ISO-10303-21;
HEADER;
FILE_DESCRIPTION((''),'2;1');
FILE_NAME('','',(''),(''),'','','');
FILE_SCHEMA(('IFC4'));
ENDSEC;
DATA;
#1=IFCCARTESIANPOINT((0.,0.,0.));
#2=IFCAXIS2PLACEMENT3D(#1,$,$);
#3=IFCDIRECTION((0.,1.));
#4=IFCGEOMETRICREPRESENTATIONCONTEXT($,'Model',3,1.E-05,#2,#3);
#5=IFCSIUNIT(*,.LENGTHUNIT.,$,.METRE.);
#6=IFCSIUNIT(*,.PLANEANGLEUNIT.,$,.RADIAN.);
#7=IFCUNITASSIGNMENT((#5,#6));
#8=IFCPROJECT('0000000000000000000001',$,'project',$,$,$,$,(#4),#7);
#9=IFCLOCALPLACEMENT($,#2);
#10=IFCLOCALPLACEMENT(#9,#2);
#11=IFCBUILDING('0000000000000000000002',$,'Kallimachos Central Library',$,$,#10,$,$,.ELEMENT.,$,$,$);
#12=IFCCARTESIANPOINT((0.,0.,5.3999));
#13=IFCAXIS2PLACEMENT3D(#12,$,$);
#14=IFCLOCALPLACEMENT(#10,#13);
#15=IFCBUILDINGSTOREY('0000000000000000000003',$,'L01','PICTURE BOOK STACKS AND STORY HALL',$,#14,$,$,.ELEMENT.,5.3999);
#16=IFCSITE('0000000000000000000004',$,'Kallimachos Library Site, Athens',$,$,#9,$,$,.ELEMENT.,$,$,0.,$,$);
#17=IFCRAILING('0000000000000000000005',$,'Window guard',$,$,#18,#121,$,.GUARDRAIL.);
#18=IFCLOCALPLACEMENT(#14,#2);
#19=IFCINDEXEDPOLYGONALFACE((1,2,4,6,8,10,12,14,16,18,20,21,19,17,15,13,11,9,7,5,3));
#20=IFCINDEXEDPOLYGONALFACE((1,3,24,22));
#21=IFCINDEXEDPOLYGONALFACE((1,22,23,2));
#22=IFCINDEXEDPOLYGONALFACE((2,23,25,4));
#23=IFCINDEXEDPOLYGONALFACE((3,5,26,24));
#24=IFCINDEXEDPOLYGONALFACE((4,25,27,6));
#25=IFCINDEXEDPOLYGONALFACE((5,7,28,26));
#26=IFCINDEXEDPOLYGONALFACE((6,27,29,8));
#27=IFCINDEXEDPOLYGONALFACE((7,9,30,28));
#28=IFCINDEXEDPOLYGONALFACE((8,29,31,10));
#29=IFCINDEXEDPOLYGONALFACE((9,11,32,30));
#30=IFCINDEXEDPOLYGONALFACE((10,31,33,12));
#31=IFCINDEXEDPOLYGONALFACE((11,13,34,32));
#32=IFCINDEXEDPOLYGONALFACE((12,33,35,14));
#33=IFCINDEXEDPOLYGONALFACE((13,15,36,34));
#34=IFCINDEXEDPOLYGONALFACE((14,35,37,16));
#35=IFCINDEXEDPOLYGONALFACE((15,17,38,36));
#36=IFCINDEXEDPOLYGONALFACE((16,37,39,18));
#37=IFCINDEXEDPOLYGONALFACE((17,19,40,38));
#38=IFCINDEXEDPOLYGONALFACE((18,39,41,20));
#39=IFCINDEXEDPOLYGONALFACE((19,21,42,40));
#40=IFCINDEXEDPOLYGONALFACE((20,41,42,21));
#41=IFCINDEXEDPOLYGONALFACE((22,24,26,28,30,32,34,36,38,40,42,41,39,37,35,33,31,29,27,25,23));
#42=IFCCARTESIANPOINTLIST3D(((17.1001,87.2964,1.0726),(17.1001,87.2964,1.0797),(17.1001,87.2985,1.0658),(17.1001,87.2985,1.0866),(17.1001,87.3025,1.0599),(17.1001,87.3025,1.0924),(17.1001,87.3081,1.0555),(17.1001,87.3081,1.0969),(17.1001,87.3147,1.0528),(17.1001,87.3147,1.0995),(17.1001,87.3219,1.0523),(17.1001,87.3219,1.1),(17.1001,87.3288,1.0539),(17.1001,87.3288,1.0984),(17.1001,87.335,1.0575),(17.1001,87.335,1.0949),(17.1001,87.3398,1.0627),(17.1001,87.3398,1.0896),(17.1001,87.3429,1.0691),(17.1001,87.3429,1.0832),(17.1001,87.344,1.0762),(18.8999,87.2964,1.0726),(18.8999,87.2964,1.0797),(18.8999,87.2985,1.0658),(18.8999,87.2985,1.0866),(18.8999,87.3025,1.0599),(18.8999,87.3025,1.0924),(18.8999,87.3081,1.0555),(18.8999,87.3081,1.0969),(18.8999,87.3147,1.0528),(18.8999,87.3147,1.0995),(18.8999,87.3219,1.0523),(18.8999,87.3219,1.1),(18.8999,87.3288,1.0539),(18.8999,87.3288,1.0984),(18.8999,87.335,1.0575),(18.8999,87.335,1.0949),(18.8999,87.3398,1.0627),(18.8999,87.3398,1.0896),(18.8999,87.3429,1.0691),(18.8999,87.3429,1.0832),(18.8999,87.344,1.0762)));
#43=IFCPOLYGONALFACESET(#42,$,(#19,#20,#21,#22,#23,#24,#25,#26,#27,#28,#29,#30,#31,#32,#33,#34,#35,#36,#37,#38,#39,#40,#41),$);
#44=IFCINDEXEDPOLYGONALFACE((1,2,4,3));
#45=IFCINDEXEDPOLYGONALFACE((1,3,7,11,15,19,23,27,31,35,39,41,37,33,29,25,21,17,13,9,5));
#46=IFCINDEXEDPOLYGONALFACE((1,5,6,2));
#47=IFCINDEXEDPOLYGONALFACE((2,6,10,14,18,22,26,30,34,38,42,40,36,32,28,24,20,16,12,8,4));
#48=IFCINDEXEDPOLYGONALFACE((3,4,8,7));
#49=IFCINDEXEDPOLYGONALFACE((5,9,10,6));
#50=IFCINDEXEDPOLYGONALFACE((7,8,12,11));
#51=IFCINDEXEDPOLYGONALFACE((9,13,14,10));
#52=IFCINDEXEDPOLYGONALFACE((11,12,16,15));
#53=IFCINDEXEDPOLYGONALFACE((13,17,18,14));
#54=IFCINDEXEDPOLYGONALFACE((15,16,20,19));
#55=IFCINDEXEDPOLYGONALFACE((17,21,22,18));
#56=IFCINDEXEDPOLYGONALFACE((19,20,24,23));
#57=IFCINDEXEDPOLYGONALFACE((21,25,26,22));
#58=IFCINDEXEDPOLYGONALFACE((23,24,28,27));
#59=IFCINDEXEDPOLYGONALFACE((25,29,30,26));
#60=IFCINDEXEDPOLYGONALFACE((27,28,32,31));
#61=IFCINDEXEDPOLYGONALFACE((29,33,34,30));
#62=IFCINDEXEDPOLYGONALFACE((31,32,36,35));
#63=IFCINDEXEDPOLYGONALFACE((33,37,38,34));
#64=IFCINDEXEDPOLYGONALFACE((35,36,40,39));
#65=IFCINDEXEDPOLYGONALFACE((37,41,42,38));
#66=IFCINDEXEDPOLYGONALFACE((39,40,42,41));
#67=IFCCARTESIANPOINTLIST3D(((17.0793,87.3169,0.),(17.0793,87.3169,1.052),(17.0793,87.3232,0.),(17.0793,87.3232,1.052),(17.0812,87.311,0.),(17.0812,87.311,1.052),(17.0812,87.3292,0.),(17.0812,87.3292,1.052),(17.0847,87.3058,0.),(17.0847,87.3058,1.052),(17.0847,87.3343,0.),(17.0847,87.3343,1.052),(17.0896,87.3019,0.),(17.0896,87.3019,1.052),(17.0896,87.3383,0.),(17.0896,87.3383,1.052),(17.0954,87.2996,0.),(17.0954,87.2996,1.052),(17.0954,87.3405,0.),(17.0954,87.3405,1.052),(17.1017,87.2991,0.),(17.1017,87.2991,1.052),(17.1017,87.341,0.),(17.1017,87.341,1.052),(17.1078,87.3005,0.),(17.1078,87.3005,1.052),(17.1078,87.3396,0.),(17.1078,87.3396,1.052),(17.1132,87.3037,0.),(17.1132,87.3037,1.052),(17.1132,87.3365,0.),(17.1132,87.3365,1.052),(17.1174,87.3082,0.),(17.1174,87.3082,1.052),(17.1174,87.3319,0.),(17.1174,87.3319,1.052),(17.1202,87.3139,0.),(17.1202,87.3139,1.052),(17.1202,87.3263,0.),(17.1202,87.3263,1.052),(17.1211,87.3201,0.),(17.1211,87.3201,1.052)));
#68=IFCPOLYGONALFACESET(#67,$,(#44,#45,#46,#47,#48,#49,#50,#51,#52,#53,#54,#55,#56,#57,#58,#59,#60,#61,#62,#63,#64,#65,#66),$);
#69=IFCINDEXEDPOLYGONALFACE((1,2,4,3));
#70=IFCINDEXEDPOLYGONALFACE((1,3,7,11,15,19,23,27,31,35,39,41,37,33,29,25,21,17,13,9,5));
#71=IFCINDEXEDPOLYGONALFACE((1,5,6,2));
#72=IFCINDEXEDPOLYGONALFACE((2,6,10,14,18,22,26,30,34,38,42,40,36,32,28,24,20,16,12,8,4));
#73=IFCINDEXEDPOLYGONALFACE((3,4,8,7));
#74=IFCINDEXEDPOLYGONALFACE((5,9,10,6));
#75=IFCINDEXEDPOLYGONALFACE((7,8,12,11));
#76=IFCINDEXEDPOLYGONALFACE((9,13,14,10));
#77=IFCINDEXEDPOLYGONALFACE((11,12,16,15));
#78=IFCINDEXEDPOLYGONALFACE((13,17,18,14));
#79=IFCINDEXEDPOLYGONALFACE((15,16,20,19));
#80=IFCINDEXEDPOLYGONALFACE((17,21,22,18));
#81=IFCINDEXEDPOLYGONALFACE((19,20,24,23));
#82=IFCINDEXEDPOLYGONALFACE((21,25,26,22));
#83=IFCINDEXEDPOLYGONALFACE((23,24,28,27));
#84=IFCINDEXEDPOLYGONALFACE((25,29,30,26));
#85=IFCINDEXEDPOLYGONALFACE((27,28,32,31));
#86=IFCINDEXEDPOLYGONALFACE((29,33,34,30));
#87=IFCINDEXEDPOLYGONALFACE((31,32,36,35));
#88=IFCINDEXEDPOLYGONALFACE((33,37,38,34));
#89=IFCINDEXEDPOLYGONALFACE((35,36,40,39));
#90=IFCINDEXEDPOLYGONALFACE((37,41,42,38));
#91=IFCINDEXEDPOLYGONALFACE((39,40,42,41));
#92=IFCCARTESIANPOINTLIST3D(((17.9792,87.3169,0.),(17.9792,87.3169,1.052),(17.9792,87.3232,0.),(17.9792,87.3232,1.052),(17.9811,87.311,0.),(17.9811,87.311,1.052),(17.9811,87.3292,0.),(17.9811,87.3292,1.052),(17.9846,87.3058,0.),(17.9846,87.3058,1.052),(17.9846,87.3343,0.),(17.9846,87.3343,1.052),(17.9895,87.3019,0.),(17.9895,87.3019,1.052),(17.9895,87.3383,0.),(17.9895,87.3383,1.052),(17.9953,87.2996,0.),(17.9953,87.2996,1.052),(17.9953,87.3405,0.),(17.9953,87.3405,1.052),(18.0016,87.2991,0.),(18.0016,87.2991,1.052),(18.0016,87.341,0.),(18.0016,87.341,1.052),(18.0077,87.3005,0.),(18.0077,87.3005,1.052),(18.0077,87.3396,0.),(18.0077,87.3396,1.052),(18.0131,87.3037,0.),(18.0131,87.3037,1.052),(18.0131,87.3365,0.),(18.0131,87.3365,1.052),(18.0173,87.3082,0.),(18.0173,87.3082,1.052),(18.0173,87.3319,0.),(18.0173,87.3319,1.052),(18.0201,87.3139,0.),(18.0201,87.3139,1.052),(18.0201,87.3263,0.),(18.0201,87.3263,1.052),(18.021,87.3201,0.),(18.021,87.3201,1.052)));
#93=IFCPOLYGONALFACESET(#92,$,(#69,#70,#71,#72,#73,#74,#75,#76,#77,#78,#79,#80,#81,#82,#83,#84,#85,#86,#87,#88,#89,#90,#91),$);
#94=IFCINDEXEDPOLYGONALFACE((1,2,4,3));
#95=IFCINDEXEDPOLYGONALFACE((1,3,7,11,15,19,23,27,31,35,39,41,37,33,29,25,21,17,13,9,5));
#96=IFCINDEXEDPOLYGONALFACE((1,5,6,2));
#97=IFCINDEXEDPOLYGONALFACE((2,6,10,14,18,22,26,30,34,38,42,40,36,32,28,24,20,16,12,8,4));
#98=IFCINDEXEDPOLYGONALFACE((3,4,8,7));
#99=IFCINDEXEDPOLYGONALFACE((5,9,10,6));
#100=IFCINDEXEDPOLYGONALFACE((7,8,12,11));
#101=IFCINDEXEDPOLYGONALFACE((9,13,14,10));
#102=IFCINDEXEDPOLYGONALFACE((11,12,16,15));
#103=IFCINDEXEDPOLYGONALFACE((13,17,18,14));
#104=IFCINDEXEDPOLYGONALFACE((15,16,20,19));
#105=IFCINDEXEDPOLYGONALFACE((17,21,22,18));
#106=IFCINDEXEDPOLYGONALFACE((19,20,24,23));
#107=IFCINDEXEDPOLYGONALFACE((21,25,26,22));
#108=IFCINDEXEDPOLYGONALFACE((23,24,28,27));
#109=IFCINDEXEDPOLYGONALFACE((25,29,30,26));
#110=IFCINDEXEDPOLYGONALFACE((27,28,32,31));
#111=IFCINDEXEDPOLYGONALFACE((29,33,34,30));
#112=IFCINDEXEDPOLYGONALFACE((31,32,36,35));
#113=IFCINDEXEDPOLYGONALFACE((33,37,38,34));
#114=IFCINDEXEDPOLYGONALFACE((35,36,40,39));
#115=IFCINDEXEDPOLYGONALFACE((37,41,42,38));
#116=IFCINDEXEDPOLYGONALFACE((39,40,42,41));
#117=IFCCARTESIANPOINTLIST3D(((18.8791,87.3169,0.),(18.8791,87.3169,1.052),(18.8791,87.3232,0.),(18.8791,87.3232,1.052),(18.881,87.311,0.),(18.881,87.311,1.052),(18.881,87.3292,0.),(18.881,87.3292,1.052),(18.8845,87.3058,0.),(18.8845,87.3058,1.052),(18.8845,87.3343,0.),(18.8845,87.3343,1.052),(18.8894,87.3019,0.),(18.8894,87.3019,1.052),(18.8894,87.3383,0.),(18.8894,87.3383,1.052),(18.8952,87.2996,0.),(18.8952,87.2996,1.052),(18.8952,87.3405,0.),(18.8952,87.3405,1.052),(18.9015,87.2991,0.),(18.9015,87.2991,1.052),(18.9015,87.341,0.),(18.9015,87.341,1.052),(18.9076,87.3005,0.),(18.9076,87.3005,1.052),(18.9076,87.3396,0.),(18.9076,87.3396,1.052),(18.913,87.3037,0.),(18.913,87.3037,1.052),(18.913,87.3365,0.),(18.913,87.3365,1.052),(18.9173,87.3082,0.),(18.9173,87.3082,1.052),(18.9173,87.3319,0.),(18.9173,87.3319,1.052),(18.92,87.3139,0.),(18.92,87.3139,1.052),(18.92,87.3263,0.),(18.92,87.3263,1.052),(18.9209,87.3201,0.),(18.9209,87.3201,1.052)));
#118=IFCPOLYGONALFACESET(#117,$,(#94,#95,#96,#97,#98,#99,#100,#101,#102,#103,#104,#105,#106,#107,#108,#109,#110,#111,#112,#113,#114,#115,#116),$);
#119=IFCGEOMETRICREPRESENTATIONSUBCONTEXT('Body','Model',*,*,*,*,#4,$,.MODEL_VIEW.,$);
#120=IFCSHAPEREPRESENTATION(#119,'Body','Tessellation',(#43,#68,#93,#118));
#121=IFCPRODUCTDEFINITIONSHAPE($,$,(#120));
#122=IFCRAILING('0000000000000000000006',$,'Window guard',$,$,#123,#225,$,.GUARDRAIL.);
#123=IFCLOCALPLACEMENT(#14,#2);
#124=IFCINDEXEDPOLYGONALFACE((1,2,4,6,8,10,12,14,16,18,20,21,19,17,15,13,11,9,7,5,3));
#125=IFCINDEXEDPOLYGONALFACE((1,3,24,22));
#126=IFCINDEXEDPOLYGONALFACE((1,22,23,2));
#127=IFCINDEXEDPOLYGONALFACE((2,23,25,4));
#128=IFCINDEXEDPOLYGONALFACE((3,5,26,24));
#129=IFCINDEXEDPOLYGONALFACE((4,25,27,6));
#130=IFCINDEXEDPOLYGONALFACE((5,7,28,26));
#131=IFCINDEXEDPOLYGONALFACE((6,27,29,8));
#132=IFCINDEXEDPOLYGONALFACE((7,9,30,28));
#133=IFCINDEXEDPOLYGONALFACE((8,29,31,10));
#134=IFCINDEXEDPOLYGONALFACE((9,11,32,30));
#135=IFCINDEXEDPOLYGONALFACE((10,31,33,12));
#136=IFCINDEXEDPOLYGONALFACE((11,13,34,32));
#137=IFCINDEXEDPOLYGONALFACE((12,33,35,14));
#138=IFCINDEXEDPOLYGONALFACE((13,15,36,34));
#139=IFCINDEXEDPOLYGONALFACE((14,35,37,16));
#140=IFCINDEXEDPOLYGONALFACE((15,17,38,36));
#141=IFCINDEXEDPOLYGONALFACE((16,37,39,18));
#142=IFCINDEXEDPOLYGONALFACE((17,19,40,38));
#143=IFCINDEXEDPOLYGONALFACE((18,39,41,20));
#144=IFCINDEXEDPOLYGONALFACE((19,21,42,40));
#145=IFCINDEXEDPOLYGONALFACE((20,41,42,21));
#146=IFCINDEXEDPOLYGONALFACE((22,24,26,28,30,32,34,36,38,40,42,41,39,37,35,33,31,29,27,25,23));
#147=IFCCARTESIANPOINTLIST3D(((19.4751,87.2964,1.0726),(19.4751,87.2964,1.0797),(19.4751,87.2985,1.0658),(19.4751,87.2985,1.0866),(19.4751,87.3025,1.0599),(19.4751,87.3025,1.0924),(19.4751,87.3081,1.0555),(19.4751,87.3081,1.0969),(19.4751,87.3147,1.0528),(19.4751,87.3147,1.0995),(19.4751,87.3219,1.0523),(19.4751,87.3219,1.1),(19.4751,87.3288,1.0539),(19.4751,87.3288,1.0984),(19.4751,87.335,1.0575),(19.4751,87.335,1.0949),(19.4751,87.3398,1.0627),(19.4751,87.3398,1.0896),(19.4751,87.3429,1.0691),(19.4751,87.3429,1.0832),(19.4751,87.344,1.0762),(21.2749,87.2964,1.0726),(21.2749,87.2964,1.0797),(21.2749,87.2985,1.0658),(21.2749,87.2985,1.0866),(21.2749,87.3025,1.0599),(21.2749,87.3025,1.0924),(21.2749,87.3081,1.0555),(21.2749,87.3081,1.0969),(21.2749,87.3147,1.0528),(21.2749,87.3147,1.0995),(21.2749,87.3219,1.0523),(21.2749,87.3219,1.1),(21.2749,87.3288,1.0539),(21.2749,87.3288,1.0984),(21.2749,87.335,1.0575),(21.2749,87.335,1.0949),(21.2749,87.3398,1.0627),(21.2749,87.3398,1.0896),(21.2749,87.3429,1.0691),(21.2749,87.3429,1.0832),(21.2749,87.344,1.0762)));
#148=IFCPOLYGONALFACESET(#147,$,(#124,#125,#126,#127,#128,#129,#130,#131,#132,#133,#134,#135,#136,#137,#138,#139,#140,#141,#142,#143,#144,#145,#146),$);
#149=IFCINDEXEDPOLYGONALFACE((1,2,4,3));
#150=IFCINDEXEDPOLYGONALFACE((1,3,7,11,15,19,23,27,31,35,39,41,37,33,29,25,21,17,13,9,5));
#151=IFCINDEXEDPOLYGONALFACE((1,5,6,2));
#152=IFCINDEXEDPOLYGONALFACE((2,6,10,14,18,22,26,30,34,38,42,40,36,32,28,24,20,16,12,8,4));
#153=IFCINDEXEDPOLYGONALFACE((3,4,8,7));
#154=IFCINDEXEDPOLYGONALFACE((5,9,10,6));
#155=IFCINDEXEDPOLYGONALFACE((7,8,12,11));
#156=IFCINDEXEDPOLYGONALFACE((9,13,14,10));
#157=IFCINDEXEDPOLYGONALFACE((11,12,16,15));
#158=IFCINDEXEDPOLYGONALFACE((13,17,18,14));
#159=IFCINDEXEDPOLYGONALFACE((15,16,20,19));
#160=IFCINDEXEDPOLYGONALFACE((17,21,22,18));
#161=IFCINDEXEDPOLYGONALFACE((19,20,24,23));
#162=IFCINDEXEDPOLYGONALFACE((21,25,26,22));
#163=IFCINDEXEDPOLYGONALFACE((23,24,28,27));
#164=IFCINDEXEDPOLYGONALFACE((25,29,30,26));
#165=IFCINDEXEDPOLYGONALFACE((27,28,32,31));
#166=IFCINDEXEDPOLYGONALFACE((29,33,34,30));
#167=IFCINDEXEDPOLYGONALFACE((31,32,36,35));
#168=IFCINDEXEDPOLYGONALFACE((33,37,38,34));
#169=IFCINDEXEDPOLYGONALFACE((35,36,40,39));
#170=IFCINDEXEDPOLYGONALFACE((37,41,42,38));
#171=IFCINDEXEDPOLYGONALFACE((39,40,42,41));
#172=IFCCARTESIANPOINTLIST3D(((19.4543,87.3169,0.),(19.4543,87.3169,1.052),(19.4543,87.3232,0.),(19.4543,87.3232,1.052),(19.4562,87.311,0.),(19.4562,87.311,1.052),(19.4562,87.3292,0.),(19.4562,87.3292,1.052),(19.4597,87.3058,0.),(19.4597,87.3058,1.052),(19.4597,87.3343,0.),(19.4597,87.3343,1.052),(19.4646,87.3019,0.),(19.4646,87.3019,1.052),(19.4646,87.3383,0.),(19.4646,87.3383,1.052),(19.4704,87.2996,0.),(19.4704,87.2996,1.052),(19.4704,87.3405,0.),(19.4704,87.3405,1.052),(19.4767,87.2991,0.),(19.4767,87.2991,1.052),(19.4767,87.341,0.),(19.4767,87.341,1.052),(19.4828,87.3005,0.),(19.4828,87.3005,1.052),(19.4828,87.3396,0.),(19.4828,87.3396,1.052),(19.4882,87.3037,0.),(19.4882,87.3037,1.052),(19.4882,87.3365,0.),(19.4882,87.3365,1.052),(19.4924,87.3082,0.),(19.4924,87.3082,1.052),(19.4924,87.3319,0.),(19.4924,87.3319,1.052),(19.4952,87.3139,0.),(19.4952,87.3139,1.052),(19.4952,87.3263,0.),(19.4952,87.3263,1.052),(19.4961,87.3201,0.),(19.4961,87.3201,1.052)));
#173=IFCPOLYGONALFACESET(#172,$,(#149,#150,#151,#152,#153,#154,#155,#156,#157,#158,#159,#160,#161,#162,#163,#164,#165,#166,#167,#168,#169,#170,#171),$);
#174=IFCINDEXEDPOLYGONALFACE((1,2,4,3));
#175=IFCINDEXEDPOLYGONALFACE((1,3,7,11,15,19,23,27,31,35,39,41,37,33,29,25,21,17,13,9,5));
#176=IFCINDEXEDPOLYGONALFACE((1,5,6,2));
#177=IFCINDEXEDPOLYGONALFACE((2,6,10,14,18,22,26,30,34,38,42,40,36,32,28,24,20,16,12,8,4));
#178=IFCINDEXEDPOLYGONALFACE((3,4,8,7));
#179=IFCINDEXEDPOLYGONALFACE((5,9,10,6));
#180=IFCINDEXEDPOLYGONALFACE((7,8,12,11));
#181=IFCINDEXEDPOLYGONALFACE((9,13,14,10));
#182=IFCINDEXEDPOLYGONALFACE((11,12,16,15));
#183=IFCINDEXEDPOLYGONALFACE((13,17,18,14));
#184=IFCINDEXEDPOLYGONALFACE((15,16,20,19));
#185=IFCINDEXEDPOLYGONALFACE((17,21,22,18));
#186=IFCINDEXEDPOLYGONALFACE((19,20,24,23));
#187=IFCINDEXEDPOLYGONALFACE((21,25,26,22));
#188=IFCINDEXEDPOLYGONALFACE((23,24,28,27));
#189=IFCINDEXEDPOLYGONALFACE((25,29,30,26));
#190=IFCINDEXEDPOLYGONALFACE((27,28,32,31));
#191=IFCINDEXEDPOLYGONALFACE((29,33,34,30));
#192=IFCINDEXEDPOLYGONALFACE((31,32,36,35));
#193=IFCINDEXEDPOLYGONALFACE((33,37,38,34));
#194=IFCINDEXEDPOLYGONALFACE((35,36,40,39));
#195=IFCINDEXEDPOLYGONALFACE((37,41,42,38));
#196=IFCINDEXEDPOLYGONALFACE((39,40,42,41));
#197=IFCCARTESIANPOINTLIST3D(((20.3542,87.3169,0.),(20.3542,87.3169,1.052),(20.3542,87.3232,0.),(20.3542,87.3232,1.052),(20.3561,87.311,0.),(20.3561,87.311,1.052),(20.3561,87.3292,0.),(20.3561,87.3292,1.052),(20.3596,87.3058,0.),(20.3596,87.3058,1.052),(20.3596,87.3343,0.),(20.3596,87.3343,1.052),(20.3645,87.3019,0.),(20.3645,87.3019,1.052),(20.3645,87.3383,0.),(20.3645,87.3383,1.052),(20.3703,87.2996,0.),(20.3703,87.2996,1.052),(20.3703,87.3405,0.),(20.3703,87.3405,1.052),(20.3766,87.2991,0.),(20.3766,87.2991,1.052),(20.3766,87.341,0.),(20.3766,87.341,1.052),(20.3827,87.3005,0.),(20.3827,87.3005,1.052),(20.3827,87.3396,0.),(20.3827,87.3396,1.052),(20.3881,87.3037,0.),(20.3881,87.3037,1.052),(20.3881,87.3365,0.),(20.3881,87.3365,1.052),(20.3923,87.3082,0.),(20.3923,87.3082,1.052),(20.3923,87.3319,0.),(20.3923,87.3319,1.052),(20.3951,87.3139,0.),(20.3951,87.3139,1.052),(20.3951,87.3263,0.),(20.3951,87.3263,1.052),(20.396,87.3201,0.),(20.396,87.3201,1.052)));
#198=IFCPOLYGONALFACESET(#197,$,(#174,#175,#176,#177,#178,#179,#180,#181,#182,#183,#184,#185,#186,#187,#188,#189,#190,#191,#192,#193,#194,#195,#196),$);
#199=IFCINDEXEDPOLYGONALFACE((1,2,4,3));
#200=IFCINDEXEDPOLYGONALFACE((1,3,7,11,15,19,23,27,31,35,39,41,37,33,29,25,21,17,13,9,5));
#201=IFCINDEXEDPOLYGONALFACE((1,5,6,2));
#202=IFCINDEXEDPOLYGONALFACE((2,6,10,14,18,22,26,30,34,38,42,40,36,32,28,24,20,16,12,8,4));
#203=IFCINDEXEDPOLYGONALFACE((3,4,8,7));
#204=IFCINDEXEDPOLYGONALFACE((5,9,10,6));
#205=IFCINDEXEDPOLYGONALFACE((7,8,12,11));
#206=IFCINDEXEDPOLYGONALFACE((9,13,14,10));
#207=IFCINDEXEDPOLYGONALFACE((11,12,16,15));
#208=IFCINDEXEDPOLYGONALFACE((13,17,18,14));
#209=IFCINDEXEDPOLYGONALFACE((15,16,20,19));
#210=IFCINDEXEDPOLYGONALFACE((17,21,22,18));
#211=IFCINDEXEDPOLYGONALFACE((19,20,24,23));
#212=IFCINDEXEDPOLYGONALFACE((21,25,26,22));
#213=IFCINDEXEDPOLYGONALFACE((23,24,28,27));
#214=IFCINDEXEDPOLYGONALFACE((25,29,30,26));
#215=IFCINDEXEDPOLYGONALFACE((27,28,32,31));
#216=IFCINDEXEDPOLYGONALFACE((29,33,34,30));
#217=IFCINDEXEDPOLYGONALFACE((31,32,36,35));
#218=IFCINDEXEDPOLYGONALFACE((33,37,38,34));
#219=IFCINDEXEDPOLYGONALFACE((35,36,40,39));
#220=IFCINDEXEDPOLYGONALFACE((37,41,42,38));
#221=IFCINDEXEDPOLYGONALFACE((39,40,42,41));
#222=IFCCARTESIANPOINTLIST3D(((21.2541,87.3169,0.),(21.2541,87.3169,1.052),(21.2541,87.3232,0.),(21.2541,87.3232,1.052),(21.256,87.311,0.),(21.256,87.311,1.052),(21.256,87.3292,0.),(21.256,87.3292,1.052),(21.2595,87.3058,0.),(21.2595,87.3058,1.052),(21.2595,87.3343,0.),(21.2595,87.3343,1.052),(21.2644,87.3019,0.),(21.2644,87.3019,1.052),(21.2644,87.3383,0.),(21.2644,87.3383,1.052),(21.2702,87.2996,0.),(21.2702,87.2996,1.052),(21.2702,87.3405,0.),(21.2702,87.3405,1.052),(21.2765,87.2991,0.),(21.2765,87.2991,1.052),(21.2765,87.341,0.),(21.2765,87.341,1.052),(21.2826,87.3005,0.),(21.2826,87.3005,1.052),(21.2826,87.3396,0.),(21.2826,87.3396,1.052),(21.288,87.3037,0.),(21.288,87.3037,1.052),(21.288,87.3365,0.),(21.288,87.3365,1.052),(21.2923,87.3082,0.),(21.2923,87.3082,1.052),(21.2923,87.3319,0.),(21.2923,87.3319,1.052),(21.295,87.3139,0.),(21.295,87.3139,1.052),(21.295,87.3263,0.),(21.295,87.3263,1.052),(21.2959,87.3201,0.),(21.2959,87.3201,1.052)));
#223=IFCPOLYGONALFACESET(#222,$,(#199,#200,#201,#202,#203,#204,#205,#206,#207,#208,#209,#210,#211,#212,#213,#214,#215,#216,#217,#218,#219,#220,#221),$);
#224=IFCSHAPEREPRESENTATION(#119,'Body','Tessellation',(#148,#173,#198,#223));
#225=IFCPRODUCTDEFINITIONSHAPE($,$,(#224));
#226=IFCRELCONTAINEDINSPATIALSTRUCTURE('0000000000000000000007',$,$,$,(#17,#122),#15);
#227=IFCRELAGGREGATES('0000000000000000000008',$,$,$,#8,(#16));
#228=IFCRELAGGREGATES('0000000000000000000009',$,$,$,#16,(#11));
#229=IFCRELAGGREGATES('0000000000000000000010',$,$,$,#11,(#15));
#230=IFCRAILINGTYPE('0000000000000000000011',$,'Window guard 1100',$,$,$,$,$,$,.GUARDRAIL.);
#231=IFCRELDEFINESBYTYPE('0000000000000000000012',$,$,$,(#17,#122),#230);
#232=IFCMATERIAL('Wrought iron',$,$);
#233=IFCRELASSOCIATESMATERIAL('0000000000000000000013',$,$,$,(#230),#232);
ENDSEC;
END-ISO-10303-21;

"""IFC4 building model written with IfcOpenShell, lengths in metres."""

from ifc_helpers import new_model, si_unit, direction, frame, origin, origin_2d, place, context, subcontext, project, spatial, circle, extrude, material, type_object, element, save


model = new_model("IFC4")

# Units and contexts
model_context = context("Model", 3, precision=1e-05, world=origin(), true_north=direction((0.0, 1.0)))
body_context = subcontext(model_context, "Body", "Model", "MODEL_VIEW")
ifc_project = project(units=[si_unit("LENGTHUNIT", "METRE"), si_unit("PLANEANGLEUNIT", "RADIAN")], contexts=[model_context])

# Site, building, storey
site_placement = place(None, origin())
site = spatial("IfcSite", under=ifc_project, at=site_placement, Name="Kallimachos Library Site, Athens", CompositionType="ELEMENT", RefElevation=0.0)
building_placement = place(site_placement, origin())
building = spatial("IfcBuilding", under=site, at=building_placement, Name="Kallimachos Central Library", CompositionType="ELEMENT")
storey_placement = place(building_placement, frame((0.0, 0.0, 5.3999)))
storey = spatial("IfcBuildingStorey", under=building, at=storey_placement, Name="L01", Description="PICTURE BOOK STACKS AND STORY HALL", CompositionType="ELEMENT", Elevation=5.3999)

# Railings
ifc_material_1 = material(Name="Wrought iron")
railing_type = type_object("IfcRailingType", Name="Window guard 1100", PredefinedType="GUARDRAIL", material=ifc_material_1)
for number, where, name in (
    (1, (17.1001, 87.3201, 0.0), "Window guard"),
    (2, (19.4751, 87.3201, 0.0), "Window guard"),
):
    element("IfcRailing", number, at=place(storey_placement, frame(where)), inside=storey, type_object=railing_type, Name=name, PredefinedType="GUARDRAIL", context=body_context, shape_type="SweptSolid", body=[
        extrude(circle(Radius=0.0239, at=origin_2d()), frame((0.0, 0.0, 1.0762), z_axis=(1.0, 0.0, 0.0), x_axis=(0.0, 1.0, 0.0)), (0.0, 0.0, 1.0), 1.7998),
        extrude(circle(Radius=0.021, at=origin_2d()), origin(), (0.0, 0.0, 1.0), 1.052),
        extrude(circle(Radius=0.021, at=origin_2d()), frame((0.8999, 0.0, 0.0)), (0.0, 0.0, 1.0), 1.052),
        extrude(circle(Radius=0.021, at=origin_2d()), frame((1.7998, 0.0, 0.0)), (0.0, 0.0, 1.0), 1.052),
    ])

save(model, "model.ifc")
